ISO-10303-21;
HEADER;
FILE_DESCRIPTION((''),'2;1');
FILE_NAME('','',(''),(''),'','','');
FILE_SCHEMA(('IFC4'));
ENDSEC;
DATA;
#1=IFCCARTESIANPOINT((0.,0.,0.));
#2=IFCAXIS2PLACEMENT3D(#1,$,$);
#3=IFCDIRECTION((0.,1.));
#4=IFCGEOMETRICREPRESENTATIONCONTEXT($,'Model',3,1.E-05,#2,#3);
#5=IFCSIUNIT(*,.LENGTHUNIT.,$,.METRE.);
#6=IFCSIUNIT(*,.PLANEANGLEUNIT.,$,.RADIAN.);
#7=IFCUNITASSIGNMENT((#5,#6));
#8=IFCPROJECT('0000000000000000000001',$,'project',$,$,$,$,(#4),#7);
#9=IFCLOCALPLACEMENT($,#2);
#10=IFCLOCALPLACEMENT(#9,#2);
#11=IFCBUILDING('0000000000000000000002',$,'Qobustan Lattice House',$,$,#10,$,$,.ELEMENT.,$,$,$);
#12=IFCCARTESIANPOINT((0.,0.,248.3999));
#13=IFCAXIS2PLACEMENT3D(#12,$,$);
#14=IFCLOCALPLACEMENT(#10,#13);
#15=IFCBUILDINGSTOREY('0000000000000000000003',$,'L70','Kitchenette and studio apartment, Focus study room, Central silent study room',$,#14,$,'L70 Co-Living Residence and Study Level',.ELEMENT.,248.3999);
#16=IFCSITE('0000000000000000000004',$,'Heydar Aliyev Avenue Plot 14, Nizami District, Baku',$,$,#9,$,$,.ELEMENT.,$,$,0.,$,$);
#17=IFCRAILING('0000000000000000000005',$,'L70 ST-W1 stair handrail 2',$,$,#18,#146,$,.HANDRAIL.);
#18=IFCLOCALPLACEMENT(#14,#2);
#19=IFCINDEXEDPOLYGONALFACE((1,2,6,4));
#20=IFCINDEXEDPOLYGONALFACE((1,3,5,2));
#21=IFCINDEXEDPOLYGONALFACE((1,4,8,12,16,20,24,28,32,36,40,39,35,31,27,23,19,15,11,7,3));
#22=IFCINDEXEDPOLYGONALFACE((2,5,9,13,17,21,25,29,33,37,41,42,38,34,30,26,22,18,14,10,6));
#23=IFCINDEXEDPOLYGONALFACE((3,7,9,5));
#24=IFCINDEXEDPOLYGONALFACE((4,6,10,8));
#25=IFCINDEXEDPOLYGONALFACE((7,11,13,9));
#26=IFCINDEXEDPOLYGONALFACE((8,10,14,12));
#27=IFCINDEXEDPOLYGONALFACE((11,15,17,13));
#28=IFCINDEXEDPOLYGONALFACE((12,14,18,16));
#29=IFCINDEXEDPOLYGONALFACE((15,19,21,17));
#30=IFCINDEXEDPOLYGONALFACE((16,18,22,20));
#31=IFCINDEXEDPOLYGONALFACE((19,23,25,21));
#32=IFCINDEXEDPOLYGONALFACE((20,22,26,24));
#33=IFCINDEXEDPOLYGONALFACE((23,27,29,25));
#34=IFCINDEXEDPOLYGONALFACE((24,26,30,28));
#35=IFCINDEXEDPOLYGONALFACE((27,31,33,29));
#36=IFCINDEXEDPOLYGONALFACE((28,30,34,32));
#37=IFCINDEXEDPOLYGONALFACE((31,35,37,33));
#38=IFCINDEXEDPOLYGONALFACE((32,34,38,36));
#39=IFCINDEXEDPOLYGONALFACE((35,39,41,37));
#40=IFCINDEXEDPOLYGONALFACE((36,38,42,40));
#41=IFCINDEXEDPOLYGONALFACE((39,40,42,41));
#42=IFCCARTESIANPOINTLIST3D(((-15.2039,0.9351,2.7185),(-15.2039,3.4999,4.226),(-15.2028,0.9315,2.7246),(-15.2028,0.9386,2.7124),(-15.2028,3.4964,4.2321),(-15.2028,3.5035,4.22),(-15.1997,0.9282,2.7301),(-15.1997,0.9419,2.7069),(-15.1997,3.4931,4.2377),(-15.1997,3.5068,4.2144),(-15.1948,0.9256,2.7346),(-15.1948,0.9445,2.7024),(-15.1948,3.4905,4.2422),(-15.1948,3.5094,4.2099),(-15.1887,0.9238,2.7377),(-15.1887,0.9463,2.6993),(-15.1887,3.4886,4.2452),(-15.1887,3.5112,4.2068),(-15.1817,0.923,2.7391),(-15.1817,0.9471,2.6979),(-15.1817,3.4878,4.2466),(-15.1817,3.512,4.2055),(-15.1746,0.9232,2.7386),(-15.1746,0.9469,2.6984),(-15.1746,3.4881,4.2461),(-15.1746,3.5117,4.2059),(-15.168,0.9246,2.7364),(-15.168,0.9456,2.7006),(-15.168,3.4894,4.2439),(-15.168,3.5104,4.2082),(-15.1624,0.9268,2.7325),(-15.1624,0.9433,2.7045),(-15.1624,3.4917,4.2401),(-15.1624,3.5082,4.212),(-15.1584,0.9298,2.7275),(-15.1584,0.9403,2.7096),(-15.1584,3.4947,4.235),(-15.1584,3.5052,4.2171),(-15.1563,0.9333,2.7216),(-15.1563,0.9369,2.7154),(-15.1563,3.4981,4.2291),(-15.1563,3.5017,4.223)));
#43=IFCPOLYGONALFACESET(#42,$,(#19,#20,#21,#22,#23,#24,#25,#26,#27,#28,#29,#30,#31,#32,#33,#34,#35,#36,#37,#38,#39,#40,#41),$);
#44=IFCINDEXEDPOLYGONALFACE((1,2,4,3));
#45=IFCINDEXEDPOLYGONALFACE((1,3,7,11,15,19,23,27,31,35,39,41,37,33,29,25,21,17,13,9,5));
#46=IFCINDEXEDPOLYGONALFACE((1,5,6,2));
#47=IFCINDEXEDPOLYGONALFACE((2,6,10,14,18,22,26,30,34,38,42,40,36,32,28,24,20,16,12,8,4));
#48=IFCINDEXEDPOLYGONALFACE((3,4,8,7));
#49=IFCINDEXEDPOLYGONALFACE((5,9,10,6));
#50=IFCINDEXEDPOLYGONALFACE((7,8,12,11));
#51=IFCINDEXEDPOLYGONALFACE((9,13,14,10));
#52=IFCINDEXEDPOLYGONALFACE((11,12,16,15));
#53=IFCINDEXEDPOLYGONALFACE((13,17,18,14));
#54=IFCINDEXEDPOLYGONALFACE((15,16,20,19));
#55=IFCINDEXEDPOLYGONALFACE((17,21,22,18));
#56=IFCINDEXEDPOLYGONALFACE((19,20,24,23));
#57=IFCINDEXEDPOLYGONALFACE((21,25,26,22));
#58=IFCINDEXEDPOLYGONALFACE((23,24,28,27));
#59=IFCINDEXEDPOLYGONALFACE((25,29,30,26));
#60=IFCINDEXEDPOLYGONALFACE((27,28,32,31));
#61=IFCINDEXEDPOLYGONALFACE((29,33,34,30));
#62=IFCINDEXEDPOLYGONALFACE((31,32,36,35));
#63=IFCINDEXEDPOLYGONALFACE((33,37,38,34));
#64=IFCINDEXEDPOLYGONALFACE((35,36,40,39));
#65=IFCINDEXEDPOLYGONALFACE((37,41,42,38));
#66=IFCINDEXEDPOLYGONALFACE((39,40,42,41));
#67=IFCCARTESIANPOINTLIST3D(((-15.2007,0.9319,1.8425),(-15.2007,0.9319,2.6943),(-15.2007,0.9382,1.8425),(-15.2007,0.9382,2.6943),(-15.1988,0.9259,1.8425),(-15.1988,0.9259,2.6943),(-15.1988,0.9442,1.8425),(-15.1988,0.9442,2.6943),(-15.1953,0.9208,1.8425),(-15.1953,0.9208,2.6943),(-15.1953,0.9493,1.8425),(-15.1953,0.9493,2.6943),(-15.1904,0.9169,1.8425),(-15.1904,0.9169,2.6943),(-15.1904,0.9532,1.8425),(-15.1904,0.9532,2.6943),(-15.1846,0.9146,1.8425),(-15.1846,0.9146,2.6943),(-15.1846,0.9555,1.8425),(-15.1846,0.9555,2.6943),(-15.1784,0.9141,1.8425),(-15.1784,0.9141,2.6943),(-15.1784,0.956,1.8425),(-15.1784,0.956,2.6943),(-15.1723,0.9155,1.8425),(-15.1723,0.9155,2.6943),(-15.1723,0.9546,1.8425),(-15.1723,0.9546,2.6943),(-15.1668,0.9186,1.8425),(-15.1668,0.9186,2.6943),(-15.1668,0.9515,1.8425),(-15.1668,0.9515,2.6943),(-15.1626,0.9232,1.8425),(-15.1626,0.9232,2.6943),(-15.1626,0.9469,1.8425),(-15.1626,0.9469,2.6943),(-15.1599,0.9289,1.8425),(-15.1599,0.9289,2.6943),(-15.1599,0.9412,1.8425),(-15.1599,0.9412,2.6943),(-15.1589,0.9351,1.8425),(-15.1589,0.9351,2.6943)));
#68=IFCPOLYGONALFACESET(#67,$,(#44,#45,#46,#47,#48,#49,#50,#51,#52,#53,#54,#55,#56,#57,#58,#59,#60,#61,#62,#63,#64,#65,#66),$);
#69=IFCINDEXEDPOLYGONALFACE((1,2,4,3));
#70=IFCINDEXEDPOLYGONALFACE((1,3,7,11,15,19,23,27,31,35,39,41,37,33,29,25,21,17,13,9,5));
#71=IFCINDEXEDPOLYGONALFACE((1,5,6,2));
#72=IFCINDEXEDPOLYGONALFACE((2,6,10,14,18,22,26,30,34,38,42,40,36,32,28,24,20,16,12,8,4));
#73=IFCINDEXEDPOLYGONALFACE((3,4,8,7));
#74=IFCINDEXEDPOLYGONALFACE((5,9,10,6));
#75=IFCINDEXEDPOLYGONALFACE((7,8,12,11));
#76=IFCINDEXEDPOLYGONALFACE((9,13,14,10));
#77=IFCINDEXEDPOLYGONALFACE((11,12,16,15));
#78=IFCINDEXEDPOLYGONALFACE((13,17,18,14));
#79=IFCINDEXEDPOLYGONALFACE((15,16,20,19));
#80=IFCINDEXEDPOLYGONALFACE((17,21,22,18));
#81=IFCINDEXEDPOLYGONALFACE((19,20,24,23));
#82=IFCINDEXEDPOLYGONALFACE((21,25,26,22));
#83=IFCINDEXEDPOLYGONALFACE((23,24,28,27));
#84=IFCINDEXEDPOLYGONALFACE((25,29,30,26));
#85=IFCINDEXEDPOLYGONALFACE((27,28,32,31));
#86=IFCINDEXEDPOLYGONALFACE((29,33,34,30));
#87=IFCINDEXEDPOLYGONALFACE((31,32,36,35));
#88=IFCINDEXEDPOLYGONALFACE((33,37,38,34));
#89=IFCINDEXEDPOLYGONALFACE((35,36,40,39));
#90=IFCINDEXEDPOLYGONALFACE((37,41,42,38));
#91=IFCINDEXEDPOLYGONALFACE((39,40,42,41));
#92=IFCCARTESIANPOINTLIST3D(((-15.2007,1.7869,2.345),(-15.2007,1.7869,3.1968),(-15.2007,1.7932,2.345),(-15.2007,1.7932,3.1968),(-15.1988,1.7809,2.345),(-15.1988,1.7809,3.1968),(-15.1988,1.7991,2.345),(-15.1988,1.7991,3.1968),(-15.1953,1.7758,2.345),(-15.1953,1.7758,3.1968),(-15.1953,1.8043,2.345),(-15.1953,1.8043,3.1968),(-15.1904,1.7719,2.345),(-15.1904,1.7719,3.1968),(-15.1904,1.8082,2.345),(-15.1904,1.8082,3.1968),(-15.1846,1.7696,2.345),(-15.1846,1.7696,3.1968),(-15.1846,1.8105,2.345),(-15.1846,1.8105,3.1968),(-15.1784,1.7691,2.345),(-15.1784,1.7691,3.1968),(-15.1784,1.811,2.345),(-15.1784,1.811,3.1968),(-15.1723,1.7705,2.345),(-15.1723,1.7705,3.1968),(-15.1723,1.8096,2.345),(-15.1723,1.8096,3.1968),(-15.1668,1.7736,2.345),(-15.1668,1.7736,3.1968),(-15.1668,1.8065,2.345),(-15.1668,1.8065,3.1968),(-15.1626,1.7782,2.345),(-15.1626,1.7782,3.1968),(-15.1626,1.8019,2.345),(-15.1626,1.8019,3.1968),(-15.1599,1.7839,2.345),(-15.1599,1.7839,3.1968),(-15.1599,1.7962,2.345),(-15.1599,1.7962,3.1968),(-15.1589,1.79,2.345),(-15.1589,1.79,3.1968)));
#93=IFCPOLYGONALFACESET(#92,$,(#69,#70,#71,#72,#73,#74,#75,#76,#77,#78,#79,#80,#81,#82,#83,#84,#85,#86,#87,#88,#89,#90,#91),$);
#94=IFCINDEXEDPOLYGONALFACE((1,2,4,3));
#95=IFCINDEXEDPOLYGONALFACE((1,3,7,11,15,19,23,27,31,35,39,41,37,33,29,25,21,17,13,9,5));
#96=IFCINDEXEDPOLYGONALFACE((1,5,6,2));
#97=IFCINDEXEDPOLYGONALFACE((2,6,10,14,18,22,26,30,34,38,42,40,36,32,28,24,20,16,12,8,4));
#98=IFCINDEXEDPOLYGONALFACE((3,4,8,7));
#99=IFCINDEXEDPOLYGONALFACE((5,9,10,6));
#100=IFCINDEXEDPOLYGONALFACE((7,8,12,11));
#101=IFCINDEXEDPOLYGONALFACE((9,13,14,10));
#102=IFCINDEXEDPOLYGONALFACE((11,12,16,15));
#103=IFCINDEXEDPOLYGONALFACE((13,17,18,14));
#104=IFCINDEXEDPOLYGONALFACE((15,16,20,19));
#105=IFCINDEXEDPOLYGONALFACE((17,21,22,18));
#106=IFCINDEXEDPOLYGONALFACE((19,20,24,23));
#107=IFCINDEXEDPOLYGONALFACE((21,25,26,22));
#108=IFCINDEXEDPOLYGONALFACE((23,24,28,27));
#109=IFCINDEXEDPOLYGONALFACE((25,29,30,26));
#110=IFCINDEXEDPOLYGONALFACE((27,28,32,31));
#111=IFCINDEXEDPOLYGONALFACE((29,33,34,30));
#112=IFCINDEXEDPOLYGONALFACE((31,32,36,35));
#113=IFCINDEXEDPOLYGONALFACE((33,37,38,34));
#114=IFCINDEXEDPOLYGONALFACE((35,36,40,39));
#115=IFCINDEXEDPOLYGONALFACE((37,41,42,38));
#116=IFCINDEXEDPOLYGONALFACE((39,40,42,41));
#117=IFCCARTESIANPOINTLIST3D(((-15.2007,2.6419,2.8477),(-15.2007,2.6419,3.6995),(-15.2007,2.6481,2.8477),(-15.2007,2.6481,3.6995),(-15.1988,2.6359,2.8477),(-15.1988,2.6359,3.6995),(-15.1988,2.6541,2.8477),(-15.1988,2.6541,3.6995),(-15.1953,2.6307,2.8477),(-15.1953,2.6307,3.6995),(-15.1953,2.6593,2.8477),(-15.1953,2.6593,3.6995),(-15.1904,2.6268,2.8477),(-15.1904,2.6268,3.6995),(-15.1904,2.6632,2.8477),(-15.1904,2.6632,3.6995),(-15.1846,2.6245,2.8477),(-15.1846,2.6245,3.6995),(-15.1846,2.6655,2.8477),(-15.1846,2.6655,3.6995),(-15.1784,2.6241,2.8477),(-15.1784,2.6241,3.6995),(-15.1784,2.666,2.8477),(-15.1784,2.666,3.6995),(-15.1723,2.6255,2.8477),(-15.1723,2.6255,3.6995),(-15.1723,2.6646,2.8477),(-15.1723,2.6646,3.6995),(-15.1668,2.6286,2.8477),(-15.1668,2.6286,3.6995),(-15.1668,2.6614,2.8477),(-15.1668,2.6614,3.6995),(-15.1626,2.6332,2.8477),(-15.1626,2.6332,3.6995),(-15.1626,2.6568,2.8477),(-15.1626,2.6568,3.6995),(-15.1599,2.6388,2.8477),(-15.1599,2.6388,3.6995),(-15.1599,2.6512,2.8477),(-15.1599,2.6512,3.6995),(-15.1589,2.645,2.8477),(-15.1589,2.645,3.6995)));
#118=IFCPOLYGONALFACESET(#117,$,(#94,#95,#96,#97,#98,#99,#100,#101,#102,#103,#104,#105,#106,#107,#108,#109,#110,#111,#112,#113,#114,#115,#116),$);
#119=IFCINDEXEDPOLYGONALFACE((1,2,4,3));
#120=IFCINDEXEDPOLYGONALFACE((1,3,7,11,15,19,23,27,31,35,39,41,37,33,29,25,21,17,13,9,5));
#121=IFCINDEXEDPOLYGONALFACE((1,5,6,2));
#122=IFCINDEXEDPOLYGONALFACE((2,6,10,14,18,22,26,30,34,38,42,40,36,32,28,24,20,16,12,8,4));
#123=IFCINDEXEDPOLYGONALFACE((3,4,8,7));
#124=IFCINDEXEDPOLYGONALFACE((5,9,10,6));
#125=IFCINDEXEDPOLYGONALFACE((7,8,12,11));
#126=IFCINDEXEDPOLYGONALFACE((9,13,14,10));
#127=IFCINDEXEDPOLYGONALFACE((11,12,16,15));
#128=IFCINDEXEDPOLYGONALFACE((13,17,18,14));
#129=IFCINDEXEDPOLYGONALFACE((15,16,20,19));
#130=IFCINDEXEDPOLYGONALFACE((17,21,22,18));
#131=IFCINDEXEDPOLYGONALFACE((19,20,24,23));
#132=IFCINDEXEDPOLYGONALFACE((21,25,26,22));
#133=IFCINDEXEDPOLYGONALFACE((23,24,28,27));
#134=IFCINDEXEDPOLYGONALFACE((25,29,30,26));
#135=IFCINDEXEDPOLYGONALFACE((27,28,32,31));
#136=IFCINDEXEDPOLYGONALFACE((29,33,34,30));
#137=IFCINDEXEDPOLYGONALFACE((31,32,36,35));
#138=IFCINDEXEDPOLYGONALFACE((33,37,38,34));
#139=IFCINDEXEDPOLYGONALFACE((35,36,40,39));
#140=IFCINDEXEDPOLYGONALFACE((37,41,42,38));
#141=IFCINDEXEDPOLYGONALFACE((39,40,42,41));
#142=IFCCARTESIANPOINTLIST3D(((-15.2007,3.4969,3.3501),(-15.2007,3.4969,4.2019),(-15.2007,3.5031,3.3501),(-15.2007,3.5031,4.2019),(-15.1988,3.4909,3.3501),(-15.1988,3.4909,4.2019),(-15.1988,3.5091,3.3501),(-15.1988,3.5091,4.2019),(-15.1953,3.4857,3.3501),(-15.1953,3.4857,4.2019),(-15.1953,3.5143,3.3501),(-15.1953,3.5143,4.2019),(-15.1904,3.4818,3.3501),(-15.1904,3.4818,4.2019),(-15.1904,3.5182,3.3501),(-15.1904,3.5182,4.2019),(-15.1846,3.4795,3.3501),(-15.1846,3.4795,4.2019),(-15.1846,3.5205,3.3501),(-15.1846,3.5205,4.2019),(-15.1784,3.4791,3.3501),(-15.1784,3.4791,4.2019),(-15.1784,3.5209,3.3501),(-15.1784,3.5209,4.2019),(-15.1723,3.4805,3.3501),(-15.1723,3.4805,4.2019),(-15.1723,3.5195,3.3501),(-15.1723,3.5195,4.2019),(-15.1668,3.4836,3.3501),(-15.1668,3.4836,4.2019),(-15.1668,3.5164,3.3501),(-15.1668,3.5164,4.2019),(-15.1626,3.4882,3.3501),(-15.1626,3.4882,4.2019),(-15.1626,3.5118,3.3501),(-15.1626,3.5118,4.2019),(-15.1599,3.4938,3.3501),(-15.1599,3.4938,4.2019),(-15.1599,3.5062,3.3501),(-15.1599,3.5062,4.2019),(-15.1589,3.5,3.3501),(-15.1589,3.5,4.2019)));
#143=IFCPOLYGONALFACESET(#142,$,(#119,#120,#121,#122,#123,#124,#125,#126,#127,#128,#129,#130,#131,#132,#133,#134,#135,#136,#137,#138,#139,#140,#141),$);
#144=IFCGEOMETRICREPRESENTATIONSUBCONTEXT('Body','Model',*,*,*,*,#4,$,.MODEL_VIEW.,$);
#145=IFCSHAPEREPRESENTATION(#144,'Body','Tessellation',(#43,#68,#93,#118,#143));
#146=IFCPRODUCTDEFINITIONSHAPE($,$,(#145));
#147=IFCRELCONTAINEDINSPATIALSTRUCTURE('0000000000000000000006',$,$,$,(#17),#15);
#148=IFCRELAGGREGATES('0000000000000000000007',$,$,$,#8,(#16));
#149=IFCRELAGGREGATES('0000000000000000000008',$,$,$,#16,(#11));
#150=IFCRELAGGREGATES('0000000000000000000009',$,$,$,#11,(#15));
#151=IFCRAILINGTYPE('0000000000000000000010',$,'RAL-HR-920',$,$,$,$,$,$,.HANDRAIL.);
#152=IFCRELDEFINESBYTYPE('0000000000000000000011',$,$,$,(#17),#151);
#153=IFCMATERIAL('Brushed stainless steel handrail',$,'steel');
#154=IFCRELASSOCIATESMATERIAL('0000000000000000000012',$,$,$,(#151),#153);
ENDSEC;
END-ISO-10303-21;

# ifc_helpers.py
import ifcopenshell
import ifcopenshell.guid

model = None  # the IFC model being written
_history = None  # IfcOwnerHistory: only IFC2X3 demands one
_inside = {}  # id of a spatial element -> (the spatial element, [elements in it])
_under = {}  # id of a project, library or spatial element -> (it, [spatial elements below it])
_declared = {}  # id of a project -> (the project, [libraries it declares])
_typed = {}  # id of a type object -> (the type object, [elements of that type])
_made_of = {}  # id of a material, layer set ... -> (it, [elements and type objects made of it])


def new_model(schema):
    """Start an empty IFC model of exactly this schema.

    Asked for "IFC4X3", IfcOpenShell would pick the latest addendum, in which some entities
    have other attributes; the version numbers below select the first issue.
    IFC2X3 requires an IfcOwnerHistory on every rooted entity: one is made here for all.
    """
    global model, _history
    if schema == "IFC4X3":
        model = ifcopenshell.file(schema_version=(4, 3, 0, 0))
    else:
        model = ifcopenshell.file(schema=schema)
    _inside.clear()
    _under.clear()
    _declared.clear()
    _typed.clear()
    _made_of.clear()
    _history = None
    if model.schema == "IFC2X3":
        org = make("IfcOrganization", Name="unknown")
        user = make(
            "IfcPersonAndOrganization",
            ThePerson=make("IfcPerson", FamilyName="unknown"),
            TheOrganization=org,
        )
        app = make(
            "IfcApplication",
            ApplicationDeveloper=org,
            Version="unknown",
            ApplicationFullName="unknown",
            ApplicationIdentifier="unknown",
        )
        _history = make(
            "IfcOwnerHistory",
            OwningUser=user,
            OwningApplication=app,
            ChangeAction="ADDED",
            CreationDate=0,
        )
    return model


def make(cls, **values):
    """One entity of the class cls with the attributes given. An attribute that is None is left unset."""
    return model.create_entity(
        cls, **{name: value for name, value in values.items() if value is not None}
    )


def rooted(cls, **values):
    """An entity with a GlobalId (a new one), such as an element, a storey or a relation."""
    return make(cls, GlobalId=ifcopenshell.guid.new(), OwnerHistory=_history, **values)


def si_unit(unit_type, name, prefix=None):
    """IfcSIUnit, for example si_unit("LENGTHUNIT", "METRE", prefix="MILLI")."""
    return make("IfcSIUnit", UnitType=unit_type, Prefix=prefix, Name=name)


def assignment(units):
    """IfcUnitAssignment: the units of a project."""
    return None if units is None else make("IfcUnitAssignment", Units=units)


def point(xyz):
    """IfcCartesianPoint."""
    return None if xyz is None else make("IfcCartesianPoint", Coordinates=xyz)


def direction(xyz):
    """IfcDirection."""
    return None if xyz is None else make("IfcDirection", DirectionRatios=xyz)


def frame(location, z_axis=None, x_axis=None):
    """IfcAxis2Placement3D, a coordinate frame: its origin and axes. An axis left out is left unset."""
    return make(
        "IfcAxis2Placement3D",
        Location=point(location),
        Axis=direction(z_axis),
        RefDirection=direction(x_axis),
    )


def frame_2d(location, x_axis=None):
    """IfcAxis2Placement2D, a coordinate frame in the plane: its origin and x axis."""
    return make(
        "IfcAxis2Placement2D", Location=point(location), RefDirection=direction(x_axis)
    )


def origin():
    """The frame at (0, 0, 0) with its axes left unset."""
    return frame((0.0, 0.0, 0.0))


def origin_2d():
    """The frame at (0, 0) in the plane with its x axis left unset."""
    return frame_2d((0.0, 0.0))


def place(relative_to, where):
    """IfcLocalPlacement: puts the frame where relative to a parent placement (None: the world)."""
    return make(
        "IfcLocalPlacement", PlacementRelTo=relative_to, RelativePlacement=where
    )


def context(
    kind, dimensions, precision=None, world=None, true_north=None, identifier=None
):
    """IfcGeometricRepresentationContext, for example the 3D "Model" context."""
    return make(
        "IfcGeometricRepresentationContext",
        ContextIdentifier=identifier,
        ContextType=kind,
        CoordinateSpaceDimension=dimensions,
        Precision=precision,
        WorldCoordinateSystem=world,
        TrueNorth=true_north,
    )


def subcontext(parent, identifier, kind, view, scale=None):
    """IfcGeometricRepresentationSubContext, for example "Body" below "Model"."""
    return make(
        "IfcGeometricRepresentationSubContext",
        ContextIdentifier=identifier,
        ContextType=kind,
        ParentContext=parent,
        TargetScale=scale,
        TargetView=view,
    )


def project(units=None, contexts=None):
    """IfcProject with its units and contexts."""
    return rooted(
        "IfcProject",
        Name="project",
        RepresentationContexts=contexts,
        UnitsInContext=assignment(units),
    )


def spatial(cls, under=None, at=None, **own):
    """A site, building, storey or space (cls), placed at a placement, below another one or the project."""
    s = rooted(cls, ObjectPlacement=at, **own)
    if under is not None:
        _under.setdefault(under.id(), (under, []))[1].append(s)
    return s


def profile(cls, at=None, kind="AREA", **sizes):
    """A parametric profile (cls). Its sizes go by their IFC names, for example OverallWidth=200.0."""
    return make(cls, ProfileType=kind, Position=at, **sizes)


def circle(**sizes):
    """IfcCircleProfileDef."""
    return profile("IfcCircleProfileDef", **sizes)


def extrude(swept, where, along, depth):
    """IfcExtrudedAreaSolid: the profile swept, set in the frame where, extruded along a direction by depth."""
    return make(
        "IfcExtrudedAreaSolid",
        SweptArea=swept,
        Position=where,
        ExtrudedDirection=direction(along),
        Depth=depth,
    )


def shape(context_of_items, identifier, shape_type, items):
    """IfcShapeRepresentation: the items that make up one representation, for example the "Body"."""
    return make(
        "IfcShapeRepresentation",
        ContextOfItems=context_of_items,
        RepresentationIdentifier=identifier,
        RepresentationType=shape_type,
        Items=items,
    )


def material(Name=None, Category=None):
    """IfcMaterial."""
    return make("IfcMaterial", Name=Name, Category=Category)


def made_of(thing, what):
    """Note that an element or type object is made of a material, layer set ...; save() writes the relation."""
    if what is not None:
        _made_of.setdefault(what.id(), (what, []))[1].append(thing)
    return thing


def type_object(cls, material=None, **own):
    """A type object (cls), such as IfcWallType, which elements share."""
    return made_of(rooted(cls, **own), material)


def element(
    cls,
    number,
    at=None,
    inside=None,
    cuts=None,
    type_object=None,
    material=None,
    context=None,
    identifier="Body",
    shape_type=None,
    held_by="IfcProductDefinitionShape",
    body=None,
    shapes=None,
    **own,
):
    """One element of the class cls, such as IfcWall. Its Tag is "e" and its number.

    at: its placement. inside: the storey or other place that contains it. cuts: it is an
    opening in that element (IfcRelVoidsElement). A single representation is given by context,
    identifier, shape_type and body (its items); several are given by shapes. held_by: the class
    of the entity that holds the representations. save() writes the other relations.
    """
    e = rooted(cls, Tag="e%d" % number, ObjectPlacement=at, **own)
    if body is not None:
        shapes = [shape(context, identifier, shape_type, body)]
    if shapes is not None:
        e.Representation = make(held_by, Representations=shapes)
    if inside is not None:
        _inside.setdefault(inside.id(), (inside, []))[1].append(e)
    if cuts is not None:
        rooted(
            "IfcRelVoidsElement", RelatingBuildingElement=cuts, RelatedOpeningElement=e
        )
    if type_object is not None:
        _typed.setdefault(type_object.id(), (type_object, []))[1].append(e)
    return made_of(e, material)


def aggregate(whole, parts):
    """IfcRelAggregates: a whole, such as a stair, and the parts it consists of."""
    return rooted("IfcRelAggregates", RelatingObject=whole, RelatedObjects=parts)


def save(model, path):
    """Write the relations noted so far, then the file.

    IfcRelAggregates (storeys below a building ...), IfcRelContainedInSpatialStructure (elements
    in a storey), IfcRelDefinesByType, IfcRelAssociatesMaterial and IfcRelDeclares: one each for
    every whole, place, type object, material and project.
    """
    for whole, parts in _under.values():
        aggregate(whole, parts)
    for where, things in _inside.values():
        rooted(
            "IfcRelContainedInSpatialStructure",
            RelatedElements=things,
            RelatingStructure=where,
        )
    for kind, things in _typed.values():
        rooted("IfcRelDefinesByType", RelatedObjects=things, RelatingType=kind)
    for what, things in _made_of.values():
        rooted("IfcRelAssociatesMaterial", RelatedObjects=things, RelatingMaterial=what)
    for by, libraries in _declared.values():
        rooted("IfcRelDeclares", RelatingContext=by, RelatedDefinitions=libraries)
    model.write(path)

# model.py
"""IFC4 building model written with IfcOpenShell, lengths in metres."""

from ifc_helpers import new_model, si_unit, direction, frame, origin, origin_2d, place, context, subcontext, project, spatial, circle, extrude, material, type_object, element, save


model = new_model("IFC4")

# Units and contexts
model_context = context("Model", 3, precision=1e-05, world=origin(), true_north=direction((0.0, 1.0)))
body_context = subcontext(model_context, "Body", "Model", "MODEL_VIEW")
ifc_project = project(units=[si_unit("LENGTHUNIT", "METRE"), si_unit("PLANEANGLEUNIT", "RADIAN")], contexts=[model_context])

# Site, building, storey
site_placement = place(None, origin())
site = spatial("IfcSite", under=ifc_project, at=site_placement, Name="Heydar Aliyev Avenue Plot 14, Nizami District, Baku", CompositionType="ELEMENT", RefElevation=0.0)
building_placement = place(site_placement, origin())
building = spatial("IfcBuilding", under=site, at=building_placement, Name="Qobustan Lattice House", CompositionType="ELEMENT")
storey_placement = place(building_placement, frame((0.0, 0.0, 248.3999)))
storey = spatial("IfcBuildingStorey", under=building, at=storey_placement, Name="L70", Description="Kitchenette and studio apartment, Focus study room, Central silent study room", LongName="L70 Co-Living Residence and Study Level", CompositionType="ELEMENT", Elevation=248.3999)

# Railing
ifc_material_1 = material(Name="Brushed stainless steel handrail", Category="steel")
railing_type_1 = type_object("IfcRailingType", Name="RAL-HR-920", PredefinedType="HANDRAIL", material=ifc_material_1)
railing_1_placement = place(storey_placement, frame((-15.1799, 0.9351, 1.8425)))
element("IfcRailing", 1, at=railing_1_placement, inside=storey, type_object=railing_type_1, Name="L70 ST-W1 stair handrail 2", PredefinedType="HANDRAIL", context=body_context, shape_type="SweptSolid", body=[
    extrude(circle(Radius=0.0239, at=origin_2d()), frame((0.0, 0.0, 0.876), z_axis=(0.0, 0.862113, 0.506715), x_axis=(-1.0, 0.0, 0.0)), (0.0, 0.0, 1.0), 2.9751),
    extrude(circle(Radius=0.021, at=origin_2d()), origin(), (0.0, 0.0, 1.0), 0.8518),
    extrude(circle(Radius=0.021, at=origin_2d()), frame((0.0, 0.855, 0.5024)), (0.0, 0.0, 1.0), 0.8518),
    extrude(circle(Radius=0.021, at=origin_2d()), frame((0.0, 1.71, 1.0051)), (0.0, 0.0, 1.0), 0.8518),
    extrude(circle(Radius=0.021, at=origin_2d()), frame((0.0, 2.5649, 1.5076)), (0.0, 0.0, 1.0), 0.8518),
])

save(model, "model.ifc")
